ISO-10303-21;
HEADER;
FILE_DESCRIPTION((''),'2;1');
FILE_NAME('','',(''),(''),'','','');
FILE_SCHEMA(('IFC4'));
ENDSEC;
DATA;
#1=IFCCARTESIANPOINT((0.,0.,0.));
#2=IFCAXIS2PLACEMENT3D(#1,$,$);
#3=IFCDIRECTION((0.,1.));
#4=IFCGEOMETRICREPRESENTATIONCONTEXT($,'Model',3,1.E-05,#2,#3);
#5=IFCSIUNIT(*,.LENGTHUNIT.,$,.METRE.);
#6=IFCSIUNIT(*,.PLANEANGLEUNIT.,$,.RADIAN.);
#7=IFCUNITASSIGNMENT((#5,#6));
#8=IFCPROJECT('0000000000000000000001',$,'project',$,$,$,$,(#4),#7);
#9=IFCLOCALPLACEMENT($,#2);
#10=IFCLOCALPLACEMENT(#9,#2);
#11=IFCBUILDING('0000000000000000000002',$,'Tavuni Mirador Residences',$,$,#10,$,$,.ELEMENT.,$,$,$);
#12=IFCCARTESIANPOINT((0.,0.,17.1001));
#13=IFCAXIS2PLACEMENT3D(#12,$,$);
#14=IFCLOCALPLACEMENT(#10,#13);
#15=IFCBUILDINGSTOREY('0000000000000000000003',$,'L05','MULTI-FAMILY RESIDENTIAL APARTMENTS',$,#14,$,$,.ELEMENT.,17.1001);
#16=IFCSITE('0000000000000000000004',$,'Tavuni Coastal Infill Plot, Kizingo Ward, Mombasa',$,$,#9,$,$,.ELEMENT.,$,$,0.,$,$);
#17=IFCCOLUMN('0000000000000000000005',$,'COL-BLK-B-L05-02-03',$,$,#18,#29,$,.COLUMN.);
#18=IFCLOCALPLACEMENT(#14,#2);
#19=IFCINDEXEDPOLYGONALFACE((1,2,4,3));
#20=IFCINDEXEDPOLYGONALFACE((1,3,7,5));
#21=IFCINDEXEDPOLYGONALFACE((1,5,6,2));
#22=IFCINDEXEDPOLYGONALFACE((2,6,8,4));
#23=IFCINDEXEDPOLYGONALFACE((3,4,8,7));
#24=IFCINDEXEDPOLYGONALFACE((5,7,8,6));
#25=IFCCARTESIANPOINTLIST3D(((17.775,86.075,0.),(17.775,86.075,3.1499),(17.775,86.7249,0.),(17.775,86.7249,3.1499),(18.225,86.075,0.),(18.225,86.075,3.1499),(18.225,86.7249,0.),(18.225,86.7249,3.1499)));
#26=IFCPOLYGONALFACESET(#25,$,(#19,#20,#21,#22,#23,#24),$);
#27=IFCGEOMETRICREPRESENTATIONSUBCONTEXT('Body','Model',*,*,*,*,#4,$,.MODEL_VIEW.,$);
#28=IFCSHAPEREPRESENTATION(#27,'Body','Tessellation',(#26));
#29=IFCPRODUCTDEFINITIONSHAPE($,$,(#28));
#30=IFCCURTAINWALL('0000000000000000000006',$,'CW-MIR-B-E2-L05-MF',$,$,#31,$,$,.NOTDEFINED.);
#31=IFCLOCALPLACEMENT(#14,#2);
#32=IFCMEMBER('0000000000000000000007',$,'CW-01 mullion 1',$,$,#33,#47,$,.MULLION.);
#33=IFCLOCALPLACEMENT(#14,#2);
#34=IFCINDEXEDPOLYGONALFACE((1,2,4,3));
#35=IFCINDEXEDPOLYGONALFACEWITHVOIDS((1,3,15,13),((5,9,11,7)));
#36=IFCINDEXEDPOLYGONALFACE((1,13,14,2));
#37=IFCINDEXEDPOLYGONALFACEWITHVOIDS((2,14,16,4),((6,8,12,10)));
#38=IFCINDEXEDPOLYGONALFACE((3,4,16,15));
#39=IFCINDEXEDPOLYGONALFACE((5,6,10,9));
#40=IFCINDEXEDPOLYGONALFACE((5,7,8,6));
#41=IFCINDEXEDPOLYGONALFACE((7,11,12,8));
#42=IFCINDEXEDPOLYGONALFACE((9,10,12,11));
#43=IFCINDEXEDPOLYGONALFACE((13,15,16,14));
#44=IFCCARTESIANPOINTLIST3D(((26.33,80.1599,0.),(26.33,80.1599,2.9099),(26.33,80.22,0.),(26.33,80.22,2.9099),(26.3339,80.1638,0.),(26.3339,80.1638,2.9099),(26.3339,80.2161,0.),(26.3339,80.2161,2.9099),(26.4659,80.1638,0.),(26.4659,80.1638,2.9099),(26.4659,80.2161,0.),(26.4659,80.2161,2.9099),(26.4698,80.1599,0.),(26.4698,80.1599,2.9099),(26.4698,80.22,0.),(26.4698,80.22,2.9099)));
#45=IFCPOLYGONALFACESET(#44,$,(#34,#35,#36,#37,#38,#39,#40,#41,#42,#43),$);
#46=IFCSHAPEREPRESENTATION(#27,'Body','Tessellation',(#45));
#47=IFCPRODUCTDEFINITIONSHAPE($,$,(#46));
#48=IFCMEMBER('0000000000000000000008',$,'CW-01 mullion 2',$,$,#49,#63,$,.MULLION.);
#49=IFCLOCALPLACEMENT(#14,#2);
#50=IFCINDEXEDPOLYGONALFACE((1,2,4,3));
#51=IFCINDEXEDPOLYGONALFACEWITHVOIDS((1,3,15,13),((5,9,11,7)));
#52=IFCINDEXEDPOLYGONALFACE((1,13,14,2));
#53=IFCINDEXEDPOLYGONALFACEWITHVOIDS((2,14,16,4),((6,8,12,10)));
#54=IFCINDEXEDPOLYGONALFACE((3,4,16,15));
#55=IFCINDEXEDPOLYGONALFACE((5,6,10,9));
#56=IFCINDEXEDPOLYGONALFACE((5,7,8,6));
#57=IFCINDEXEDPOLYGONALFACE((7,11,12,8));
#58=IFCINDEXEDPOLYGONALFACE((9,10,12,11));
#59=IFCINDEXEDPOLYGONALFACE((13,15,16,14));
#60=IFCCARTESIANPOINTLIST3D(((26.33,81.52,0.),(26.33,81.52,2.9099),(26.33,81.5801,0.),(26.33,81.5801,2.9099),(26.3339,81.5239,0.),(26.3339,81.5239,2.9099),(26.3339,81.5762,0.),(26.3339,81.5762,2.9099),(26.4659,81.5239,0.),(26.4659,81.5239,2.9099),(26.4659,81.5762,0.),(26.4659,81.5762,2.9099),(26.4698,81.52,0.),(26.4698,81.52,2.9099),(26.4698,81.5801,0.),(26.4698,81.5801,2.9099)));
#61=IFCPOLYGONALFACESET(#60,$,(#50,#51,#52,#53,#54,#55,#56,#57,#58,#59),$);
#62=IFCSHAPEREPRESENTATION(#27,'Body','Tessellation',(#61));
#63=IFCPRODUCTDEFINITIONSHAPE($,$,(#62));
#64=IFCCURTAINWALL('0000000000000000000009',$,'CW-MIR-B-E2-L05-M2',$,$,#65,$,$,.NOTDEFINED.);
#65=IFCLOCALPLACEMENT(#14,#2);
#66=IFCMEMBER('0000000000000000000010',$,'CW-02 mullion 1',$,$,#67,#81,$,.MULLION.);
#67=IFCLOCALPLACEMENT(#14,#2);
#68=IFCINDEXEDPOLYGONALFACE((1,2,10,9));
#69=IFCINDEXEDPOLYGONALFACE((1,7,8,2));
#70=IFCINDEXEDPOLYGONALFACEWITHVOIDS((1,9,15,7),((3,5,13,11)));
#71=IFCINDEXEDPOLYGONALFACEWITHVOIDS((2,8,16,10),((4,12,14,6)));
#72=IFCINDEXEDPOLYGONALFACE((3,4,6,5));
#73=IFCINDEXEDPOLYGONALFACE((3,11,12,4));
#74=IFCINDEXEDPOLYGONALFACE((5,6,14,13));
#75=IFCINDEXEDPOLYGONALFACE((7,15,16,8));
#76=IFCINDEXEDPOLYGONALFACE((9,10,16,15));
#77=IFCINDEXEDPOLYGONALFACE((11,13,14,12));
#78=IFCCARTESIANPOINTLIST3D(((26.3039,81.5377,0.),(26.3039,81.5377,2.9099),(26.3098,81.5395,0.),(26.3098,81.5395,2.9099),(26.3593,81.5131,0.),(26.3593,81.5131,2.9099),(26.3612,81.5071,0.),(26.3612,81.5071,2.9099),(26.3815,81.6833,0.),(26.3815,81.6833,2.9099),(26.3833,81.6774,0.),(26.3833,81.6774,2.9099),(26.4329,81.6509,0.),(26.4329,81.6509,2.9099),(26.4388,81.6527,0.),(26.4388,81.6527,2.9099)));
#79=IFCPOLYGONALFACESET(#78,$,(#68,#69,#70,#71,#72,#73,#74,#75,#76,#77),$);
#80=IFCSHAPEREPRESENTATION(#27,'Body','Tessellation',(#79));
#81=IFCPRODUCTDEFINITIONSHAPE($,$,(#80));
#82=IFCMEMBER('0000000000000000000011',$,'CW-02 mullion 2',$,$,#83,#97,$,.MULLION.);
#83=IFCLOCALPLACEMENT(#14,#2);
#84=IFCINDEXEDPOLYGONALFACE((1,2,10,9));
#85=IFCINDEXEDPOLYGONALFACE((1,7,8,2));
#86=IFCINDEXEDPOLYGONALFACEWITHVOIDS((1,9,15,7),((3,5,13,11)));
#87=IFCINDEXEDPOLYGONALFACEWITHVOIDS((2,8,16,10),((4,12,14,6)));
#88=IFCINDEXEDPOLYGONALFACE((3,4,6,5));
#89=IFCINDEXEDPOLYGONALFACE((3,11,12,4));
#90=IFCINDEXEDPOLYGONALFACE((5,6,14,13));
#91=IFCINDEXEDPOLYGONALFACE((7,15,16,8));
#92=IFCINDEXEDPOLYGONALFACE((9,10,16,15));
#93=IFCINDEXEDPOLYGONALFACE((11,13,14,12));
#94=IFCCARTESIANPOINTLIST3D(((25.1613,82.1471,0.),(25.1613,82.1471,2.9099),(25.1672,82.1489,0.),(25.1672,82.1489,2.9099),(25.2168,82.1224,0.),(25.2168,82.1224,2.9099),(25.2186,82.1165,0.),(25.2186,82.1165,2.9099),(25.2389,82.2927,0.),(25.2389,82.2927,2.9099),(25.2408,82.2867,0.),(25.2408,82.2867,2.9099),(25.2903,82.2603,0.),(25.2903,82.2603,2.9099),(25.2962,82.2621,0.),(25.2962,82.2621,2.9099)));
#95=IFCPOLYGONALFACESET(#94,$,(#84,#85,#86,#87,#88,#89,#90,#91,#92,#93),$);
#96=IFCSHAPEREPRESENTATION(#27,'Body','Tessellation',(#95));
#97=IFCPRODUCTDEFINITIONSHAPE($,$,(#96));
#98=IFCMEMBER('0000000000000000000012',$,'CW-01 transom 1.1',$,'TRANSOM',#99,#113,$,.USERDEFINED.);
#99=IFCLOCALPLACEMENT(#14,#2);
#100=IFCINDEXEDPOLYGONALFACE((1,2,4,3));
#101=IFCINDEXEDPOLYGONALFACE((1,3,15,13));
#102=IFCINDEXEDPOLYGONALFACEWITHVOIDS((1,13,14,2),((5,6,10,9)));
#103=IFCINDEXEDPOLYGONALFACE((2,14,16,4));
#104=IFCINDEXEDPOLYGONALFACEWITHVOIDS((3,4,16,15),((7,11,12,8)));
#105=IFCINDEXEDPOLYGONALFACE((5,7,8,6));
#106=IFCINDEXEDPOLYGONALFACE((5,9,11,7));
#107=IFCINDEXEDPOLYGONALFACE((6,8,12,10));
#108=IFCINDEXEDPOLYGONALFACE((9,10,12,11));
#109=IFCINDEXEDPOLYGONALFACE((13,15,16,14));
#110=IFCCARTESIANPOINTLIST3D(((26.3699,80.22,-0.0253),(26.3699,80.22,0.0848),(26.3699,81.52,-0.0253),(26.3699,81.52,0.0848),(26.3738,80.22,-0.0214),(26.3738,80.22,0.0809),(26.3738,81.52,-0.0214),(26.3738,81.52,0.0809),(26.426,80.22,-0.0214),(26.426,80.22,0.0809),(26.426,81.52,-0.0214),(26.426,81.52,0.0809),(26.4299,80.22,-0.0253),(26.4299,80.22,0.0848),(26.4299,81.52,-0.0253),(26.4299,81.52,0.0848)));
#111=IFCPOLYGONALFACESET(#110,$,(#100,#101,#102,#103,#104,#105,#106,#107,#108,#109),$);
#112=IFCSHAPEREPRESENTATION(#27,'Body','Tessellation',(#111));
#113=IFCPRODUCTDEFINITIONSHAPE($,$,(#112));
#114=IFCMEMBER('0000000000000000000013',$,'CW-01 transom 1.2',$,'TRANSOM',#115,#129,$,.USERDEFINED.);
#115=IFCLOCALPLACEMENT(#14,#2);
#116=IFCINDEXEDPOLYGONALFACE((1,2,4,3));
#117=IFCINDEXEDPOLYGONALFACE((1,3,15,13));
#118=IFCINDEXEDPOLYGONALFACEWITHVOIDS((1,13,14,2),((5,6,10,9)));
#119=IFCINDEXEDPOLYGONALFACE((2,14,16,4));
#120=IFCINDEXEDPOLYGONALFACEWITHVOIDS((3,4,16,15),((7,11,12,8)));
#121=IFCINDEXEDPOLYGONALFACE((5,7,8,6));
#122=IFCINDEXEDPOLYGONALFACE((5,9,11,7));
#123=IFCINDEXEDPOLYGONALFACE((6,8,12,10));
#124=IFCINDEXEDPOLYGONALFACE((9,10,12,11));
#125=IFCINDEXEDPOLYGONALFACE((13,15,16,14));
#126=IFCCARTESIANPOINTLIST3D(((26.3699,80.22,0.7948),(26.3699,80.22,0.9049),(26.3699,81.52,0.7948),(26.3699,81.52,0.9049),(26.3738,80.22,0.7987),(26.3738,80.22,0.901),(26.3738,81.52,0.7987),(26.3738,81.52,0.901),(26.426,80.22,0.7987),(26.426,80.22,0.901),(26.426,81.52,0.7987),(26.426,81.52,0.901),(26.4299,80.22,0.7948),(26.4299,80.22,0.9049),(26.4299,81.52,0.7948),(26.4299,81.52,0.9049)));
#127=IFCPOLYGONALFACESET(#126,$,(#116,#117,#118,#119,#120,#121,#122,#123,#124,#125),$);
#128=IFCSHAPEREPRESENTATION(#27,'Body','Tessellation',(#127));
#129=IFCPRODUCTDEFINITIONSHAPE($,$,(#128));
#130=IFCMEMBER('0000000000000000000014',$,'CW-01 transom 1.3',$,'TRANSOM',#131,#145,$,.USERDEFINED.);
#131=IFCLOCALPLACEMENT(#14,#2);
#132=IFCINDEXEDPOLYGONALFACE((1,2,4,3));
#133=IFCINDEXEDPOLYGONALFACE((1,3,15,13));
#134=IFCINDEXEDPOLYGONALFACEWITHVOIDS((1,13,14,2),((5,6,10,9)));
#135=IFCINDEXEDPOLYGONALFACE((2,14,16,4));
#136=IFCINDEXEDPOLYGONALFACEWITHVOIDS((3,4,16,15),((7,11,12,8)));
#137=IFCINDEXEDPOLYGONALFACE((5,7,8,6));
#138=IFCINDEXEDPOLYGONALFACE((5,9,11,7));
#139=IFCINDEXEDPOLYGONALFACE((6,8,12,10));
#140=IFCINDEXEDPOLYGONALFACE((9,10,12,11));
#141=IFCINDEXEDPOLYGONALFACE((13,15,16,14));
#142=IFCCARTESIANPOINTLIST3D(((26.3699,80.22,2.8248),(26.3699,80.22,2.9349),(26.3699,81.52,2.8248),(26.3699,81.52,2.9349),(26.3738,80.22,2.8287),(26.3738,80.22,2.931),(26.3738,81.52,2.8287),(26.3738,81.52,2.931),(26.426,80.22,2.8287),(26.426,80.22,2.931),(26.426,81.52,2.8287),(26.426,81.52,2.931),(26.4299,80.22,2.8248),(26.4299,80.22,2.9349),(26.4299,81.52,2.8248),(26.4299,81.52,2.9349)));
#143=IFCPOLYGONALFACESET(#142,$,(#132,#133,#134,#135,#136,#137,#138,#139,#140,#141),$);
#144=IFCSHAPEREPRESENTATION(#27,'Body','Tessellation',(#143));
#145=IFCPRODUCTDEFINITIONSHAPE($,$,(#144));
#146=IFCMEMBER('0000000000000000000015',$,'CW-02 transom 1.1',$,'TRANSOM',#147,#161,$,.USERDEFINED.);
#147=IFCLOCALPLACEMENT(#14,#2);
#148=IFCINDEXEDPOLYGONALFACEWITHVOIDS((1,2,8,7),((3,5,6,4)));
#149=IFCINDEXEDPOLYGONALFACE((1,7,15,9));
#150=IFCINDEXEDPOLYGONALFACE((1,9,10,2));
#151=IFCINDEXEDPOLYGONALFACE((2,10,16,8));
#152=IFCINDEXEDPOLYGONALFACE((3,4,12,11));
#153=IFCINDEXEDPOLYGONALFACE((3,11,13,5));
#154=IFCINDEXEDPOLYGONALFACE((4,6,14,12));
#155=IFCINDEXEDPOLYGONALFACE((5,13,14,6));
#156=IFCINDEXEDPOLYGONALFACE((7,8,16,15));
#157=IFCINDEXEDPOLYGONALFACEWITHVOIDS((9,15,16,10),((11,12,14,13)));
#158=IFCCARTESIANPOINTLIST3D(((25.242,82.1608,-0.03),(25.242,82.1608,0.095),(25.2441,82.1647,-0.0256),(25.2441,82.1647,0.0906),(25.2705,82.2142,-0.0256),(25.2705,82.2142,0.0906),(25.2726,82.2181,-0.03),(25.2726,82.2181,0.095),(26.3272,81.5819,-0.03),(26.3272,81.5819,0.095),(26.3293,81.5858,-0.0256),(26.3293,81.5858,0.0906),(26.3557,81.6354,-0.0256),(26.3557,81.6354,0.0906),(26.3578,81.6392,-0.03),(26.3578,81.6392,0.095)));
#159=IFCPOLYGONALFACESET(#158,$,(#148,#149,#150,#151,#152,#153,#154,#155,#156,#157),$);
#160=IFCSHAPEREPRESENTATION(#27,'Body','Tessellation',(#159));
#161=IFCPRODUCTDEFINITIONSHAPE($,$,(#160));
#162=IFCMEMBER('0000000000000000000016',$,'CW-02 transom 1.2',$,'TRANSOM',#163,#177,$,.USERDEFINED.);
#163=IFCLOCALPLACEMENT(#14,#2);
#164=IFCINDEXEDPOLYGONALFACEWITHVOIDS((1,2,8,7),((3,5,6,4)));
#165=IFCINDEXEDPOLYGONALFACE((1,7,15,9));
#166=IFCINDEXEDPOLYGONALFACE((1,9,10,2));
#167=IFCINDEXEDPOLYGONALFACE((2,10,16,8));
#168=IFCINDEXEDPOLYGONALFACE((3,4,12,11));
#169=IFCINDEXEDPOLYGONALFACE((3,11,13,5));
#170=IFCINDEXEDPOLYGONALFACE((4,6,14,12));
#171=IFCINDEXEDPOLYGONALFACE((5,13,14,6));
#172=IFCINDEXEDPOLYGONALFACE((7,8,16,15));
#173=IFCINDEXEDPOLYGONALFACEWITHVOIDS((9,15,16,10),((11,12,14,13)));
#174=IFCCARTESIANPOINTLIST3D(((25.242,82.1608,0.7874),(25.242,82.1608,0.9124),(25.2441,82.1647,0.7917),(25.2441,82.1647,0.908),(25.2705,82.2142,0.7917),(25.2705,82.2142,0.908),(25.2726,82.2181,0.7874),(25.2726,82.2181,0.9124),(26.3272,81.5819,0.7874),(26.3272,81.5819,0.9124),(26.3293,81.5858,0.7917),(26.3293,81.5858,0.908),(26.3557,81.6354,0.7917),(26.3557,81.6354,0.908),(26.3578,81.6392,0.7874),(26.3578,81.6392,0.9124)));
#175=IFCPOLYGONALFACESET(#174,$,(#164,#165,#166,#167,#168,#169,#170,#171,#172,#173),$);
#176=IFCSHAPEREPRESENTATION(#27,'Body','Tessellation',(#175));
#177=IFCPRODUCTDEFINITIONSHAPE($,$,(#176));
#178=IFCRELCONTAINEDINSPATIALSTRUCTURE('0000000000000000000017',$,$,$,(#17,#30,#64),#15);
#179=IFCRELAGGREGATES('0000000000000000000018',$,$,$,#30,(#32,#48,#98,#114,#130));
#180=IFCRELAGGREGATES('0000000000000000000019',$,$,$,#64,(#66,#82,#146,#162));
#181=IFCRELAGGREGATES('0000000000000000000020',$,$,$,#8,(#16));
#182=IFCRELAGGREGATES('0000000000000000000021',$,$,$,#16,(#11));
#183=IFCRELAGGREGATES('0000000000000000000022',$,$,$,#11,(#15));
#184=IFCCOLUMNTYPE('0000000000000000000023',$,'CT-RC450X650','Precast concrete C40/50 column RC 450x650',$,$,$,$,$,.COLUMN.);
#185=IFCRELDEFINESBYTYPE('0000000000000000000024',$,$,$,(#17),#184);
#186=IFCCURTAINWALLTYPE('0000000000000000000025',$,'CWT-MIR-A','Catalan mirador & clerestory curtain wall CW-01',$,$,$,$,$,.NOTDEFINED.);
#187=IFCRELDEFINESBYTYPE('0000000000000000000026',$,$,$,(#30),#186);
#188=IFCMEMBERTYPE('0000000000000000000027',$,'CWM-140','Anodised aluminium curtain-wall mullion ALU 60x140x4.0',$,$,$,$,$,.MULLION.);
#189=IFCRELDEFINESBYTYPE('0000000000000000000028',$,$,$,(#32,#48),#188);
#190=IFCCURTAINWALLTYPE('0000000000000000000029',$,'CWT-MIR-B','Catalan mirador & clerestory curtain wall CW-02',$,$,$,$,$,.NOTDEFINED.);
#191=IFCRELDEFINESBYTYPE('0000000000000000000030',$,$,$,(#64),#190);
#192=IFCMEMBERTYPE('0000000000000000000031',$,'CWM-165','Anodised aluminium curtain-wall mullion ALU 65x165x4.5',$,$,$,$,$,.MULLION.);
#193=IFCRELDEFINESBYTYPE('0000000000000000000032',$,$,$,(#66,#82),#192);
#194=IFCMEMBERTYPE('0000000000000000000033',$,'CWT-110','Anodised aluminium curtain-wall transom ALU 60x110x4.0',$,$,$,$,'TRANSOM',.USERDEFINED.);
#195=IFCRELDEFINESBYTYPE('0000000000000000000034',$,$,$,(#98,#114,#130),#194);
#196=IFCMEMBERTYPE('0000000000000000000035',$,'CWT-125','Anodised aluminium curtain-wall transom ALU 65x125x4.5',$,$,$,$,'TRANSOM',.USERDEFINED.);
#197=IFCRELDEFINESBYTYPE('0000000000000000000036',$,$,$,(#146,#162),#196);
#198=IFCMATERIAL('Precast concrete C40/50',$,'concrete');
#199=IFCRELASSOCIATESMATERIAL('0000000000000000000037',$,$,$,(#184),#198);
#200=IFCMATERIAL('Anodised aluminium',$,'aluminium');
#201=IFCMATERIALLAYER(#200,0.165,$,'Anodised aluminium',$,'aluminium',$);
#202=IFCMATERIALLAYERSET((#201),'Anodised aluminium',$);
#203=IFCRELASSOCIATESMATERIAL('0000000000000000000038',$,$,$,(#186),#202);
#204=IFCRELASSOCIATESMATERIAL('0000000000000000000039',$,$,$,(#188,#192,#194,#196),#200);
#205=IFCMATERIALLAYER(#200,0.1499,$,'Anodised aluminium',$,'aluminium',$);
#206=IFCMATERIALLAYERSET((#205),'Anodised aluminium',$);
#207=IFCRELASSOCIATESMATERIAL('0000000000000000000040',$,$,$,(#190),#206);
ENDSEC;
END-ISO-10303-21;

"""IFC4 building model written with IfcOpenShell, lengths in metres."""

from ifc_helpers import new_model, si_unit, direction, frame, origin, origin_2d, place, context, subcontext, project, spatial, rectangle, hollow_rectangle, extrude, material, layer, layer_set, material_profile, profile_set, type_object, element, aggregate, save


model = new_model("IFC4")

# Units and contexts
model_context = context("Model", 3, precision=1e-05, world=origin(), true_north=direction((0.0, 1.0)))
body_context = subcontext(model_context, "Body", "Model", "MODEL_VIEW")
ifc_project = project(units=[si_unit("LENGTHUNIT", "METRE"), si_unit("PLANEANGLEUNIT", "RADIAN")], contexts=[model_context])

# Site, building, storey
site_placement = place(None, origin())
site = spatial("IfcSite", under=ifc_project, at=site_placement, Name="Tavuni Coastal Infill Plot, Kizingo Ward, Mombasa", CompositionType="ELEMENT", RefElevation=0.0)
building_placement = place(site_placement, origin())
building = spatial("IfcBuilding", under=site, at=building_placement, Name="Tavuni Mirador Residences", CompositionType="ELEMENT")
storey_placement = place(building_placement, frame((0.0, 0.0, 17.1001)))
storey = spatial("IfcBuildingStorey", under=building, at=storey_placement, Name="L05", Description="MULTI-FAMILY RESIDENTIAL APARTMENTS", CompositionType="ELEMENT", Elevation=17.1001)

# Column
ifc_material_1 = material(Name="Precast concrete C40/50", Category="concrete")
ifc_material_profile_1 = material_profile(ifc_material_1, rectangle(XDim=0.45, YDim=0.6499, at=origin_2d()), Name="RC 450x650", Category="concrete")
ifc_profile_set_1 = profile_set([ifc_material_profile_1], Name="Precast concrete C40/50")
column_type = type_object("IfcColumnType", Name="CT-RC450X650", Description="Precast concrete C40/50 column RC 450x650", PredefinedType="COLUMN", material=ifc_profile_set_1)
column_placement = place(storey_placement, frame((18.0, 86.3999, 0.0), z_axis=(0.0, 0.0, 1.0), x_axis=(1.0, 0.0, 0.0)))
element("IfcColumn", 1, at=column_placement, inside=storey, type_object=column_type, Name="COL-BLK-B-L05-02-03", PredefinedType="COLUMN", context=body_context, shape_type="SweptSolid", body=[
    extrude(rectangle(XDim=0.45, YDim=0.6499, at=origin_2d()), origin(), (0.0, 0.0, 1.0), 3.1499),
])

# Curtain walls, members
ifc_material_2 = material(Name="Anodised aluminium", Category="aluminium")
ifc_layer_1 = layer(ifc_material_2, 0.165, Name="Anodised aluminium", Category="aluminium")
ifc_layer_set_1 = layer_set([ifc_layer_1], Name="Anodised aluminium")
curtain_wall_type_1 = type_object("IfcCurtainWallType", Name="CWT-MIR-A", Description="Catalan mirador & clerestory curtain wall CW-01", PredefinedType="NOTDEFINED", material=ifc_layer_set_1)
curtain_wall_1_placement = place(storey_placement, origin())
curtain_wall_1 = element("IfcCurtainWall", 2, at=curtain_wall_1_placement, inside=storey, type_object=curtain_wall_type_1, Name="CW-MIR-B-E2-L05-MF", PredefinedType="NOTDEFINED")
ifc_material_profile_2 = material_profile(ifc_material_2, hollow_rectangle(XDim=0.0601, YDim=0.1399, WallThickness=0.0039, at=origin_2d()), Name="ALU 60x140x4.0", Category="aluminium")
ifc_profile_set_2 = profile_set([ifc_material_profile_2], Name="Anodised aluminium")
member_type_1 = type_object("IfcMemberType", Name="CWM-140", Description="Anodised aluminium curtain-wall mullion ALU 60x140x4.0", PredefinedType="MULLION", material=ifc_profile_set_2)
member_1_placement = place(storey_placement, frame((26.3999, 80.1899, 0.0), z_axis=(0.0, 0.0, 1.0), x_axis=(0.0, 1.0, 0.0)))
member_1 = element("IfcMember", 3, at=member_1_placement, type_object=member_type_1, Name="CW-01 mullion 1", PredefinedType="MULLION", context=body_context, shape_type="SweptSolid", body=[
    extrude(hollow_rectangle(XDim=0.0601, YDim=0.1399, WallThickness=0.0039, at=origin_2d()), origin(), (0.0, 0.0, 1.0), 2.9099),
])
member_2_placement = place(storey_placement, frame((26.3999, 81.55, 0.0), z_axis=(0.0, 0.0, 1.0), x_axis=(0.0, 1.0, 0.0)))
member_2 = element("IfcMember", 4, at=member_2_placement, type_object=member_type_1, Name="CW-01 mullion 2", PredefinedType="MULLION", context=body_context, shape_type="SweptSolid", body=[
    extrude(hollow_rectangle(XDim=0.0601, YDim=0.1399, WallThickness=0.0039, at=origin_2d()), origin(), (0.0, 0.0, 1.0), 2.9099),
])
ifc_layer_2 = layer(ifc_material_2, 0.1499, Name="Anodised aluminium", Category="aluminium")
ifc_layer_set_2 = layer_set([ifc_layer_2], Name="Anodised aluminium")
curtain_wall_type_2 = type_object("IfcCurtainWallType", Name="CWT-MIR-B", Description="Catalan mirador & clerestory curtain wall CW-02", PredefinedType="NOTDEFINED", material=ifc_layer_set_2)
curtain_wall_2_placement = place(storey_placement, origin())
curtain_wall_2 = element("IfcCurtainWall", 5, at=curtain_wall_2_placement, inside=storey, type_object=curtain_wall_type_2, Name="CW-MIR-B-E2-L05-M2", PredefinedType="NOTDEFINED")
ifc_material_profile_3 = material_profile(ifc_material_2, hollow_rectangle(XDim=0.0649, YDim=0.165, WallThickness=0.0044, at=origin_2d()), Name="ALU 65x165x4.5", Category="aluminium")
ifc_profile_set_3 = profile_set([ifc_material_profile_3], Name="Anodised aluminium")
member_type_2 = type_object("IfcMemberType", Name="CWM-165", Description="Anodised aluminium curtain-wall mullion ALU 65x165x4.5", PredefinedType="MULLION", material=ifc_profile_set_3)
member_3_placement = place(storey_placement, frame((26.3713, 81.5952, 0.0), z_axis=(0.0, 0.0, 1.0), x_axis=(-0.882353, 0.470588, 0.0)))
member_3 = element("IfcMember", 6, at=member_3_placement, type_object=member_type_2, Name="CW-02 mullion 1", PredefinedType="MULLION", context=body_context, shape_type="SweptSolid", body=[
    extrude(hollow_rectangle(XDim=0.0649, YDim=0.165, WallThickness=0.0044, at=origin_2d()), origin(), (0.0, 0.0, 1.0), 2.9099),
])
member_4_placement = place(storey_placement, frame((25.2288, 82.2046, 0.0), z_axis=(0.0, 0.0, 1.0), x_axis=(-0.882353, 0.470588, 0.0)))
member_4 = element("IfcMember", 7, at=member_4_placement, type_object=member_type_2, Name="CW-02 mullion 2", PredefinedType="MULLION", context=body_context, shape_type="SweptSolid", body=[
    extrude(hollow_rectangle(XDim=0.0649, YDim=0.165, WallThickness=0.0044, at=origin_2d()), origin(), (0.0, 0.0, 1.0), 2.9099),
])

# Members
ifc_material_profile_4 = material_profile(ifc_material_2, hollow_rectangle(XDim=0.0601, YDim=0.1101, WallThickness=0.0039, at=origin_2d()), Name="ALU 60x110x4.0", Category="aluminium")
ifc_profile_set_4 = profile_set([ifc_material_profile_4], Name="Anodised aluminium")
member_type_3 = type_object("IfcMemberType", Name="CWT-110", Description="Anodised aluminium curtain-wall transom ALU 60x110x4.0", ElementType="TRANSOM", PredefinedType="USERDEFINED", material=ifc_profile_set_4)
member_5_placement = place(storey_placement, frame((26.3999, 80.22, 0.0298), z_axis=(0.0, 1.0, 0.0), x_axis=(-1.0, 0.0, 0.0)))
member_5 = element("IfcMember", 8, at=member_5_placement, type_object=member_type_3, Name="CW-01 transom 1.1", ObjectType="TRANSOM", PredefinedType="USERDEFINED", context=body_context, shape_type="SweptSolid", body=[
    extrude(hollow_rectangle(XDim=0.0601, YDim=0.1101, WallThickness=0.0039, at=origin_2d()), origin(), (0.0, 0.0, 1.0), 1.3),
])
member_6_placement = place(storey_placement, frame((26.3999, 80.22, 0.8499), z_axis=(0.0, 1.0, 0.0), x_axis=(-1.0, 0.0, 0.0)))
member_6 = element("IfcMember", 9, at=member_6_placement, type_object=member_type_3, Name="CW-01 transom 1.2", ObjectType="TRANSOM", PredefinedType="USERDEFINED", context=body_context, shape_type="SweptSolid", body=[
    extrude(hollow_rectangle(XDim=0.0601, YDim=0.1101, WallThickness=0.0039, at=origin_2d()), origin(), (0.0, 0.0, 1.0), 1.3),
])
member_7_placement = place(storey_placement, frame((26.3999, 80.22, 2.8799), z_axis=(0.0, 1.0, 0.0), x_axis=(-1.0, 0.0, 0.0)))
member_7 = element("IfcMember", 10, at=member_7_placement, type_object=member_type_3, Name="CW-01 transom 1.3", ObjectType="TRANSOM", PredefinedType="USERDEFINED", context=body_context, shape_type="SweptSolid", body=[
    extrude(hollow_rectangle(XDim=0.0601, YDim=0.1101, WallThickness=0.0039, at=origin_2d()), origin(), (0.0, 0.0, 1.0), 1.3),
])
ifc_material_profile_5 = material_profile(ifc_material_2, hollow_rectangle(XDim=0.0649, YDim=0.125, WallThickness=0.0044, at=origin_2d()), Name="ALU 65x125x4.5", Category="aluminium")
ifc_profile_set_5 = profile_set([ifc_material_profile_5], Name="Anodised aluminium")
member_type_4 = type_object("IfcMemberType", Name="CWT-125", Description="Anodised aluminium curtain-wall transom ALU 65x125x4.5", ElementType="TRANSOM", PredefinedType="USERDEFINED", material=ifc_profile_set_5)
member_8_placement = place(storey_placement, frame((26.3425, 81.6106, 0.0325), z_axis=(-0.882325, 0.47064, 0.0), x_axis=(-0.47064, -0.882325, 0.0)))
member_8 = element("IfcMember", 11, at=member_8_placement, type_object=member_type_4, Name="CW-02 transom 1.1", ObjectType="TRANSOM", PredefinedType="USERDEFINED", context=body_context, shape_type="SweptSolid", body=[
    extrude(hollow_rectangle(XDim=0.0649, YDim=0.125, WallThickness=0.0044, at=origin_2d()), origin(), (0.0, 0.0, 1.0), 1.23),
])
member_9_placement = place(storey_placement, frame((26.3425, 81.6106, 0.8499), z_axis=(-0.882325, 0.47064, 0.0), x_axis=(-0.47064, -0.882325, 0.0)))
member_9 = element("IfcMember", 12, at=member_9_placement, type_object=member_type_4, Name="CW-02 transom 1.2", ObjectType="TRANSOM", PredefinedType="USERDEFINED", context=body_context, shape_type="SweptSolid", body=[
    extrude(hollow_rectangle(XDim=0.0649, YDim=0.125, WallThickness=0.0044, at=origin_2d()), origin(), (0.0, 0.0, 1.0), 1.23),
])

aggregate(curtain_wall_1, [member_1, member_2, member_5, member_6, member_7])
aggregate(curtain_wall_2, [member_3, member_4, member_8, member_9])

save(model, "model.ifc")
